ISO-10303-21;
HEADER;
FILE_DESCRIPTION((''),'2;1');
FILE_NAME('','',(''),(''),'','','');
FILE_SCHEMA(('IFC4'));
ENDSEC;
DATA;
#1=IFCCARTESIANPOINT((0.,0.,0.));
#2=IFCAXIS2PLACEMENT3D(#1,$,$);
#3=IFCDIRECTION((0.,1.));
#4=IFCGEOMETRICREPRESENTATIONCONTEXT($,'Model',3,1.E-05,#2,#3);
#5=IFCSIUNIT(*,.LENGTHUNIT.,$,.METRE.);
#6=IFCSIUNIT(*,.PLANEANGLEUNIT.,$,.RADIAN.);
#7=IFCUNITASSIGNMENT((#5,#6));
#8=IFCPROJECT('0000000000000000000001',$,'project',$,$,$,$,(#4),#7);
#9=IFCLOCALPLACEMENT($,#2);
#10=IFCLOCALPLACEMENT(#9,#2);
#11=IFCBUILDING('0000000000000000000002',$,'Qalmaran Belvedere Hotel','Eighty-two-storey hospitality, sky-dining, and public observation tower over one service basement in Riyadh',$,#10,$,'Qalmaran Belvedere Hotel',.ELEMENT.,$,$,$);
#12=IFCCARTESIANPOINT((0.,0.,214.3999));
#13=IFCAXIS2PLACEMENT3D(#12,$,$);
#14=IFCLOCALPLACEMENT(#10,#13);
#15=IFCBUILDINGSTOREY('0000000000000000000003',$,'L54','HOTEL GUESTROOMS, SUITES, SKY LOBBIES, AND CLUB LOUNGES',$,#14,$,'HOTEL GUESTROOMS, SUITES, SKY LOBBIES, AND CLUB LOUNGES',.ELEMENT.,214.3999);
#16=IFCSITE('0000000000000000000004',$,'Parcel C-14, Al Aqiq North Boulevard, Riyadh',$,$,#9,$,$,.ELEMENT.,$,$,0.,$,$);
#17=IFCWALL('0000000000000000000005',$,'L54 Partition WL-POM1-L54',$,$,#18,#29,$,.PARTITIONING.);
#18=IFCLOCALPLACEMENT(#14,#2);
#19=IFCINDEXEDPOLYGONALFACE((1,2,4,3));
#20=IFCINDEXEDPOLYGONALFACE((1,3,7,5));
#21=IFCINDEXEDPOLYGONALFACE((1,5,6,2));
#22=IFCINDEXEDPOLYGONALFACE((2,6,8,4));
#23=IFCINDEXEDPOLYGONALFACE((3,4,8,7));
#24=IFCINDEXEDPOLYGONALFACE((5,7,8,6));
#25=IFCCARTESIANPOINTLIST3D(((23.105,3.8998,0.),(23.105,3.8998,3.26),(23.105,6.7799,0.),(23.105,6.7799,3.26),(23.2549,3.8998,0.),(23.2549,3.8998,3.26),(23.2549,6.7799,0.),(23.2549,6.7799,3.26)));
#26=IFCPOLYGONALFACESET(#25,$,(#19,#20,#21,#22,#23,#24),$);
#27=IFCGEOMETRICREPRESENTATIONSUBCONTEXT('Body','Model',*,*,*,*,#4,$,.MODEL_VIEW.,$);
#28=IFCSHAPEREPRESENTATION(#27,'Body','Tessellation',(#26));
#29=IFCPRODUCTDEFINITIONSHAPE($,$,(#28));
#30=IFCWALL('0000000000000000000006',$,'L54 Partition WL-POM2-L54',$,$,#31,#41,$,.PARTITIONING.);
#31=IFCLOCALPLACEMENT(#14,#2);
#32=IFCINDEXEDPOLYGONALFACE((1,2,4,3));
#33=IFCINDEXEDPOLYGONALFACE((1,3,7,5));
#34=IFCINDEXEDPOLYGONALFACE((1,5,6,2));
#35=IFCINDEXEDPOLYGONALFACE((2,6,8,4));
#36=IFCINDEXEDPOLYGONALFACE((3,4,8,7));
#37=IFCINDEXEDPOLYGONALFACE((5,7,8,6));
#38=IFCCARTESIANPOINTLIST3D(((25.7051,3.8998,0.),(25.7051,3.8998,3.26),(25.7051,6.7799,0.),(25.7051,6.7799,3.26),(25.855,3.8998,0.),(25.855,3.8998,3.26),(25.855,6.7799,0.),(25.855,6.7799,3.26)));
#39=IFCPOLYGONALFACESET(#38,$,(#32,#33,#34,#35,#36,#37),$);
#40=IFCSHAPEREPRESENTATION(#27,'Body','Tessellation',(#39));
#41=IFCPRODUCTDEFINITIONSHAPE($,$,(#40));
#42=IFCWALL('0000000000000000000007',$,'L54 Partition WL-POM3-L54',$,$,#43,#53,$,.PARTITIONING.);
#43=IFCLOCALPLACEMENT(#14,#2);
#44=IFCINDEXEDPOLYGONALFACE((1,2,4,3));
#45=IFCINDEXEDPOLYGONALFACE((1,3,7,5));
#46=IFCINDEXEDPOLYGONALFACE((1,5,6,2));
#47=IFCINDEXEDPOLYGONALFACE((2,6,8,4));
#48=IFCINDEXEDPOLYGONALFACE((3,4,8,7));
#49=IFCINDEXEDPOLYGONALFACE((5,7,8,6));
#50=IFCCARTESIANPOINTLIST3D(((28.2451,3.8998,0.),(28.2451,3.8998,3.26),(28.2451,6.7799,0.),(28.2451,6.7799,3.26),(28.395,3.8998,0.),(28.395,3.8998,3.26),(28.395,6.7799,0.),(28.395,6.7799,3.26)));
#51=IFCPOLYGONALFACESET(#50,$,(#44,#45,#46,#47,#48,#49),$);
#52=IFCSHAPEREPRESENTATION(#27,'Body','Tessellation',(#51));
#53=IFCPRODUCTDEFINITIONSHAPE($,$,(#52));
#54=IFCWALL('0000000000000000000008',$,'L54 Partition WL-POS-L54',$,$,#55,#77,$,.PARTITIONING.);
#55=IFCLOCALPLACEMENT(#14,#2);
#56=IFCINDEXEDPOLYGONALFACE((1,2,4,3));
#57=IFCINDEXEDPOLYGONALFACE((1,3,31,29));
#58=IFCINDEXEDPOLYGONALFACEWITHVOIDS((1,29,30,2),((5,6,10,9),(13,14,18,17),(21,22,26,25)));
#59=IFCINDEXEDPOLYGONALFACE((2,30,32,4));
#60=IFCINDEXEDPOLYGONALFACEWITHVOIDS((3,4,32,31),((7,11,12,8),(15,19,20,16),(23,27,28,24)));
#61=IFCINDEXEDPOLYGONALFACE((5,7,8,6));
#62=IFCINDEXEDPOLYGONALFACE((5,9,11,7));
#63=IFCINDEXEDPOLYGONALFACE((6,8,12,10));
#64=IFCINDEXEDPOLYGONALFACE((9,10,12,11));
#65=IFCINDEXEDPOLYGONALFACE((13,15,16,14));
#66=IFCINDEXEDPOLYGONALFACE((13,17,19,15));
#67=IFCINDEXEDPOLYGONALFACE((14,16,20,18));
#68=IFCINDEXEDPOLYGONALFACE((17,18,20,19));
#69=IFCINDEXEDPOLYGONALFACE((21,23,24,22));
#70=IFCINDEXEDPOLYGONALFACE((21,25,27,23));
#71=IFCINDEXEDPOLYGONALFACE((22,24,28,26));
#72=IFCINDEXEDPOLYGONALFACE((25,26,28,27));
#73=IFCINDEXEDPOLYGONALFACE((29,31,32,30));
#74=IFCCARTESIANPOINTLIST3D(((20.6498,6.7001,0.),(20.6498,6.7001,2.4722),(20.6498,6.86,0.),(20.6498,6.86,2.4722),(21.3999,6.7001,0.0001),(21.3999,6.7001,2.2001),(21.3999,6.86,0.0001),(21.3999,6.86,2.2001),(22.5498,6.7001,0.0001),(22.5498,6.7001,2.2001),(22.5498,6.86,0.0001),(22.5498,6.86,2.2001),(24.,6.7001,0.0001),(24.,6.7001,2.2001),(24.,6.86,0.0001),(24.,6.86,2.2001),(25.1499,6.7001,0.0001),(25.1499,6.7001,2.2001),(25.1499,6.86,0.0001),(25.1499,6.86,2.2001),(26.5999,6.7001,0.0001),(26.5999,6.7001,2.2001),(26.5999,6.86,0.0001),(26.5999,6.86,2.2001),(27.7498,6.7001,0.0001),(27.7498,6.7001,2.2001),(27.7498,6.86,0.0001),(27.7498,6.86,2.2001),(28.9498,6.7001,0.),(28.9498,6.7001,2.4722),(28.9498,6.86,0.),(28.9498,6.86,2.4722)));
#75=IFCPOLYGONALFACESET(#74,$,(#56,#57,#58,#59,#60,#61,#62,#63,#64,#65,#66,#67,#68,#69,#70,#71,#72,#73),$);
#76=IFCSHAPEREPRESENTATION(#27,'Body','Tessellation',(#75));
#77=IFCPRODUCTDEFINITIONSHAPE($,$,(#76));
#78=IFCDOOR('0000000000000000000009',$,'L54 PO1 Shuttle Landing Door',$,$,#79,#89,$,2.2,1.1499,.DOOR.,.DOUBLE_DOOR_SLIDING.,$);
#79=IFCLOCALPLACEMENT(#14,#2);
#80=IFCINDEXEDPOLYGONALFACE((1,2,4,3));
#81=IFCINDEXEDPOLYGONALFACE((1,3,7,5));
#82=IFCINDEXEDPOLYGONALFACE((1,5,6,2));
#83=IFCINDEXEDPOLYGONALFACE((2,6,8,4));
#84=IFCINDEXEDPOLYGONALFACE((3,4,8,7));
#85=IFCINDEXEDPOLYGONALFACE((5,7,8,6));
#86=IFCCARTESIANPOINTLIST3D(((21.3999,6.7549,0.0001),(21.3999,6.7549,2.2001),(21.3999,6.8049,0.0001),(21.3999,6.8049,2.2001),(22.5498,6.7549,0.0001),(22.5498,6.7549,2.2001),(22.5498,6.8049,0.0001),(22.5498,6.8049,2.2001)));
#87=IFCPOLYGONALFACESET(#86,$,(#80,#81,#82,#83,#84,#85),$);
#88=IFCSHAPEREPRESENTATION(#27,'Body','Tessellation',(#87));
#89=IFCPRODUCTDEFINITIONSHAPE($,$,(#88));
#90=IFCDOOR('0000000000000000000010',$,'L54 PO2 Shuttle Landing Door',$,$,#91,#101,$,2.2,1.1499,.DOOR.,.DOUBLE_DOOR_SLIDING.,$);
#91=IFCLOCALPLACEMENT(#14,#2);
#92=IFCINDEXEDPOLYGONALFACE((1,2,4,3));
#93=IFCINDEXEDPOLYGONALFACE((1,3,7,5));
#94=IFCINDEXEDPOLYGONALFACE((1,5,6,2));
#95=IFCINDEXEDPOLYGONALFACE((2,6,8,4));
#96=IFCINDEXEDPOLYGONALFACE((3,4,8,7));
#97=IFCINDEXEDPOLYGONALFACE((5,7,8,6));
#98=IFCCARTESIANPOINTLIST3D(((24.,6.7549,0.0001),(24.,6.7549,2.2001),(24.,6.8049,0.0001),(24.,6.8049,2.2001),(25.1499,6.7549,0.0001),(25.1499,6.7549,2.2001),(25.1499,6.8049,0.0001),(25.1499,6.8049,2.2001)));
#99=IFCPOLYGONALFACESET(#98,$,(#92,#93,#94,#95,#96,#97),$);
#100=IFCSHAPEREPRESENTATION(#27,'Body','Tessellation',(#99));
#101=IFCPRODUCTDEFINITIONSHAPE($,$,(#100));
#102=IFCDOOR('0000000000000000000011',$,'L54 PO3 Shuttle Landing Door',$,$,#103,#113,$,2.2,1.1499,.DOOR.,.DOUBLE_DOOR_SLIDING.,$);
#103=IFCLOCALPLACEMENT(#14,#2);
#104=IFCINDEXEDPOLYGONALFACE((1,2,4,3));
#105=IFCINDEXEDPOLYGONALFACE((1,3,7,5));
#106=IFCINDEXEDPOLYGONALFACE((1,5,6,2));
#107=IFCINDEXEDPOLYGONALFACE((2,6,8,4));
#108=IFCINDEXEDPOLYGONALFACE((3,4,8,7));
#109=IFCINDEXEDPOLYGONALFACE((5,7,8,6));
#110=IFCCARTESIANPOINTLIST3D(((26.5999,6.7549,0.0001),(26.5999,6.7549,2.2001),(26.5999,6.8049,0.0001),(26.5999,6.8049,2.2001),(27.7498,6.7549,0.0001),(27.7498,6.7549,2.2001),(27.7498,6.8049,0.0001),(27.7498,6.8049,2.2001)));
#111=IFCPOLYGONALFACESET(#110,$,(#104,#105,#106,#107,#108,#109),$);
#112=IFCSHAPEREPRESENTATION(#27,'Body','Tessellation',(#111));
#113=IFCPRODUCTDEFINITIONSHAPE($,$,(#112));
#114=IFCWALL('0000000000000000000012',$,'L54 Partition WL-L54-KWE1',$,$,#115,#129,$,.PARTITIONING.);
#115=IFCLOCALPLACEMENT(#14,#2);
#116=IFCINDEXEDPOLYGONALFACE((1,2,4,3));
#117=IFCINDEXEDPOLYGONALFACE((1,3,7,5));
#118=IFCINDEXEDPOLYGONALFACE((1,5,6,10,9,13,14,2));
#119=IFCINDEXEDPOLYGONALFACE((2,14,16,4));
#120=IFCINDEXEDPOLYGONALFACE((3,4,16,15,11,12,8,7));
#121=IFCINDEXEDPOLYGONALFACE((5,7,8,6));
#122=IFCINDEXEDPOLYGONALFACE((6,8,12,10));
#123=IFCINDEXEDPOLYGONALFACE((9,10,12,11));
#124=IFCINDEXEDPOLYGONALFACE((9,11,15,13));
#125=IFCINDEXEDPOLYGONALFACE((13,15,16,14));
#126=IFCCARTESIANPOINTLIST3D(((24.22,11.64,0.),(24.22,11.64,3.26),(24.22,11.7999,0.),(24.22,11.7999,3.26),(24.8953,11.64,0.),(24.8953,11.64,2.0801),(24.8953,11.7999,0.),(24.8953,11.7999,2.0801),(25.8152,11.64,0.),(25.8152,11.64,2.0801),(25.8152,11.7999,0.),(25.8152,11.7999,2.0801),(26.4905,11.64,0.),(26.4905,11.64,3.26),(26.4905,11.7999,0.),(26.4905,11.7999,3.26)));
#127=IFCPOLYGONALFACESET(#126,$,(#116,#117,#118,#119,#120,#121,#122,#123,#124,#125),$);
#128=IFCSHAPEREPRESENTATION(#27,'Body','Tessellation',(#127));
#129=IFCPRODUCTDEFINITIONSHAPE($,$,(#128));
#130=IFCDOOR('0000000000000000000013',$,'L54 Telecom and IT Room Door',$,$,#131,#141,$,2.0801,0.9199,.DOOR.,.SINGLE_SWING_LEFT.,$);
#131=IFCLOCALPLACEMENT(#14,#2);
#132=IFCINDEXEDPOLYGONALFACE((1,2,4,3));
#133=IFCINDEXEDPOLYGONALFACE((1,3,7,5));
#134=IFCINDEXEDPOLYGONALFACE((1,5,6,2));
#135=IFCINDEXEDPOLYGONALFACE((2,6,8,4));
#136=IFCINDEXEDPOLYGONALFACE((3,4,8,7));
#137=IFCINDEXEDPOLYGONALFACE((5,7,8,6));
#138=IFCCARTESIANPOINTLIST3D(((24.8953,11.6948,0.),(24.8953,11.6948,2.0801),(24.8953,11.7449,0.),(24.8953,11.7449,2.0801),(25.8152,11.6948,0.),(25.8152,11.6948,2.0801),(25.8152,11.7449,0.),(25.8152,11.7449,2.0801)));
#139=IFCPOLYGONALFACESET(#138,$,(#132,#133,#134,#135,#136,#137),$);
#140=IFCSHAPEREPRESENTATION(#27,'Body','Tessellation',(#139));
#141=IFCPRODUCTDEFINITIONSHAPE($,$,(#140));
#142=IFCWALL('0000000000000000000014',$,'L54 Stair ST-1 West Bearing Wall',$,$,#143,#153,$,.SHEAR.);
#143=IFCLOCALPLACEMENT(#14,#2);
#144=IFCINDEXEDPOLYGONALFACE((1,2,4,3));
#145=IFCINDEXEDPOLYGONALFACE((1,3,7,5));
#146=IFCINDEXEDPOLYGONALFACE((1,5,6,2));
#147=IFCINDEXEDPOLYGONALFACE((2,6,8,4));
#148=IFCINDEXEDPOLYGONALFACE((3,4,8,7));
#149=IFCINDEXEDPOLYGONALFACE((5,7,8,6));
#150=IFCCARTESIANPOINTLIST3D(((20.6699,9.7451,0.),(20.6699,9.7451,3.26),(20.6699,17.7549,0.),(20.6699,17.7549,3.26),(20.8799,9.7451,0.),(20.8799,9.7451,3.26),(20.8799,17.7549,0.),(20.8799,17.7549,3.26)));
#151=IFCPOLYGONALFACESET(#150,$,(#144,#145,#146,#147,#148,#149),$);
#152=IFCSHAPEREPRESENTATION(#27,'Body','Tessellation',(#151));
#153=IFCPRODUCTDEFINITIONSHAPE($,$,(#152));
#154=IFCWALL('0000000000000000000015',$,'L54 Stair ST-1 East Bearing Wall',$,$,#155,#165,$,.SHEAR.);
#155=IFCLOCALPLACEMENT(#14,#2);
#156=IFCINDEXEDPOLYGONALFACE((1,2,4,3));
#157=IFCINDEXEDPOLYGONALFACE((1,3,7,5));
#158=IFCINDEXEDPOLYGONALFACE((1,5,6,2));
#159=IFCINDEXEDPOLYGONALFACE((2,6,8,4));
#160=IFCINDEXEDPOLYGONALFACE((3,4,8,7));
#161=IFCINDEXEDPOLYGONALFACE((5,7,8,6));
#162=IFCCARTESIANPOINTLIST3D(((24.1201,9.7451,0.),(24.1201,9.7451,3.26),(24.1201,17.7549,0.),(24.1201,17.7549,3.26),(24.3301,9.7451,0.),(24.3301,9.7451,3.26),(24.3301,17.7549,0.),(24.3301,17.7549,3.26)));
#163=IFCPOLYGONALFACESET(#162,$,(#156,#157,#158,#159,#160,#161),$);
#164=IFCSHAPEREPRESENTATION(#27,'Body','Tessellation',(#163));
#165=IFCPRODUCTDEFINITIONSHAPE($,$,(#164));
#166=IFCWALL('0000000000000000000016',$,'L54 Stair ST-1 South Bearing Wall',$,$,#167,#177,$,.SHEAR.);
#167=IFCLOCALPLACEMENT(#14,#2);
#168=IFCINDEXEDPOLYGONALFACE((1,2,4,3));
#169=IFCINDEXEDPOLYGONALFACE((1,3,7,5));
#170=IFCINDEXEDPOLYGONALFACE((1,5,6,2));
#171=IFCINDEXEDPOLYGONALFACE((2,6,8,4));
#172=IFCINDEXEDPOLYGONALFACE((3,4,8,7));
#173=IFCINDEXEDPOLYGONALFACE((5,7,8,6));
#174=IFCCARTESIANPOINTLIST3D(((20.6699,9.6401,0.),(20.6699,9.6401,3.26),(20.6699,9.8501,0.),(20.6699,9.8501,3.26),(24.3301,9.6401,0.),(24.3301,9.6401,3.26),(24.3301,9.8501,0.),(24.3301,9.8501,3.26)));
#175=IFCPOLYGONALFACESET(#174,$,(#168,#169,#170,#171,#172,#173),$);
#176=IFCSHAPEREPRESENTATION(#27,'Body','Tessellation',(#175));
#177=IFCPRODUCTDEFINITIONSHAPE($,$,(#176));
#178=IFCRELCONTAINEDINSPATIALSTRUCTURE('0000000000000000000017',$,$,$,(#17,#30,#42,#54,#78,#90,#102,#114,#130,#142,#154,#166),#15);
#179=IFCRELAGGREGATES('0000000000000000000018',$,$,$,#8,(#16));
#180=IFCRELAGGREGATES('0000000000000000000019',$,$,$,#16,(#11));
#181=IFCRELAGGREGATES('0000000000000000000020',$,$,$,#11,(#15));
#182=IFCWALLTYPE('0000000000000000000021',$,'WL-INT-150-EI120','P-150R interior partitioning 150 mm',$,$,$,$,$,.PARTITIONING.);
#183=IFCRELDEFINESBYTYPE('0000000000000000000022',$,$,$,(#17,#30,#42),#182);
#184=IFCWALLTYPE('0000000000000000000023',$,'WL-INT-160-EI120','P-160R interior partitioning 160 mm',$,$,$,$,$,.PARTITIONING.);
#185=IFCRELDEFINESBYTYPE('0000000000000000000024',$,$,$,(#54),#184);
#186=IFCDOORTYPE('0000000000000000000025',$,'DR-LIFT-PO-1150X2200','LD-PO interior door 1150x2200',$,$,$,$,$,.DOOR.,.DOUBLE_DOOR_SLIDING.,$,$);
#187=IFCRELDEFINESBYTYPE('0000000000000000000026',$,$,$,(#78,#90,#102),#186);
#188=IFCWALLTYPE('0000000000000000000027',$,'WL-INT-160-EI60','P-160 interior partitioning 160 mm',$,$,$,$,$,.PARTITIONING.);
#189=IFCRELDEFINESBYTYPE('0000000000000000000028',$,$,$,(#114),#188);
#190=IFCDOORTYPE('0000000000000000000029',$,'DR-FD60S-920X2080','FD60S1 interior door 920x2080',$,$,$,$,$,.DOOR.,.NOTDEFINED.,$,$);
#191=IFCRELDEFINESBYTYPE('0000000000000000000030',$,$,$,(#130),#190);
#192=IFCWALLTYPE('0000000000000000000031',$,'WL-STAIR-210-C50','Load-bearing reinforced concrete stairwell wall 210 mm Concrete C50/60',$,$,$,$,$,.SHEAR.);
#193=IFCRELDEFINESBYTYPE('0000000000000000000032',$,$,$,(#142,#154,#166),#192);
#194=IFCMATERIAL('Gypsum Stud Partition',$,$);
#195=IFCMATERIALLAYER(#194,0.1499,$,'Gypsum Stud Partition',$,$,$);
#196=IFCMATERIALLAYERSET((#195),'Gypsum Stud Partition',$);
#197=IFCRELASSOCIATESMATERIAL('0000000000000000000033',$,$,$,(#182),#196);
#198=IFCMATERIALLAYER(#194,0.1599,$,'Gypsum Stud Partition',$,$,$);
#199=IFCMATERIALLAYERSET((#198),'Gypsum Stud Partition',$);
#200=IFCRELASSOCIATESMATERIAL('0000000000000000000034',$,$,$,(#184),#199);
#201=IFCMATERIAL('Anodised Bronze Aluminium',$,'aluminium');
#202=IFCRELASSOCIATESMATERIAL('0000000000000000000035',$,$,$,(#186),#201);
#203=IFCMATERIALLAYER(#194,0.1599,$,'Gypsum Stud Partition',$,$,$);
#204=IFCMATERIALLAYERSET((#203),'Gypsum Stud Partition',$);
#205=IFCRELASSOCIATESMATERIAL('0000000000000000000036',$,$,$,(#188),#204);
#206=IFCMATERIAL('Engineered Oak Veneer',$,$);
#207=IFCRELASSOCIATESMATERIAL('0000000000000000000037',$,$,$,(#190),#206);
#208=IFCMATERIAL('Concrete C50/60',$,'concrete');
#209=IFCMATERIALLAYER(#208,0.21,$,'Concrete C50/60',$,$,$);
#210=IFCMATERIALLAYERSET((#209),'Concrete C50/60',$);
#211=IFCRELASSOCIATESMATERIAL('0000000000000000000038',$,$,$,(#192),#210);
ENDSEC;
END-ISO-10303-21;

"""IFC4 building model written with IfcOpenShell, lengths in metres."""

from ifc_helpers import new_model, si_unit, direction, frame, frame_2d, origin, place, context, subcontext, project, spatial, rectangle, extrude, material, layer, layer_set, type_object, element, fill, save


model = new_model("IFC4")

# Units and contexts
model_context = context("Model", 3, precision=1e-05, world=origin(), true_north=direction((0.0, 1.0)))
body_context = subcontext(model_context, "Body", "Model", "MODEL_VIEW")
ifc_project = project(units=[si_unit("LENGTHUNIT", "METRE"), si_unit("PLANEANGLEUNIT", "RADIAN")], contexts=[model_context])

# Site, building, storey
site_placement = place(None, origin())
site = spatial("IfcSite", under=ifc_project, at=site_placement, Name="Parcel C-14, Al Aqiq North Boulevard, Riyadh", CompositionType="ELEMENT", RefElevation=0.0)
building_placement = place(site_placement, origin())
building = spatial("IfcBuilding", under=site, at=building_placement, Name="Qalmaran Belvedere Hotel", Description="Eighty-two-storey hospitality, sky-dining, and public observation tower over one service basement in Riyadh", LongName="Qalmaran Belvedere Hotel", CompositionType="ELEMENT")
storey_placement = place(building_placement, frame((0.0, 0.0, 214.3999)))
storey = spatial("IfcBuildingStorey", under=building, at=storey_placement, Name="L54", Description="HOTEL GUESTROOMS, SUITES, SKY LOBBIES, AND CLUB LOUNGES", LongName="HOTEL GUESTROOMS, SUITES, SKY LOBBIES, AND CLUB LOUNGES", CompositionType="ELEMENT", Elevation=214.3999)

# Shared definitions
ifc_material_1 = material(Name="Concrete C50/60", Category="concrete")

# Shared definitions
ifc_material_2 = material(Name="Anodised Bronze Aluminium", Category="aluminium")

# Walls
ifc_material_3 = material(Name="Gypsum Stud Partition")
ifc_layer_1 = layer(ifc_material_3, 0.1499, Name="Gypsum Stud Partition")
ifc_layer_set_1 = layer_set([ifc_layer_1], Name="Gypsum Stud Partition")
wall_type_1 = type_object("IfcWallType", Name="WL-INT-150-EI120", Description="P-150R interior partitioning 150 mm", PredefinedType="PARTITIONING", material=ifc_layer_set_1)
for number, where, z_axis, x_axis, name in (
    (1, (23.1799, 3.8999, 0.0), (0.0, 0.0, 1.0), (0.0, 1.0, 0.0), "L54 Partition WL-POM1-L54"),
    (2, (25.78, 3.8999, 0.0), (0.0, 0.0, 1.0), (0.0, 1.0, 0.0), "L54 Partition WL-POM2-L54"),
    (3, (28.3201, 3.8999, 0.0), (0.0, 0.0, 1.0), (0.0, 1.0, 0.0), "L54 Partition WL-POM3-L54"),
):
    element("IfcWall", number, at=place(storey_placement, frame(where, z_axis=z_axis, x_axis=x_axis)), inside=storey, type_object=wall_type_1, Name=name, PredefinedType="PARTITIONING", context=body_context, shape_type="SweptSolid", body=[
        extrude(rectangle(XDim=2.8801, YDim=0.1499, at=frame_2d((1.4399, 0.0))), origin(), (0.0, 0.0, 1.0), 3.26),
    ])

# Wall, openings, doors
ifc_layer_2 = layer(ifc_material_3, 0.1599, Name="Gypsum Stud Partition")
ifc_layer_set_2 = layer_set([ifc_layer_2], Name="Gypsum Stud Partition")
wall_type_2 = type_object("IfcWallType", Name="WL-INT-160-EI120", Description="P-160R interior partitioning 160 mm", PredefinedType="PARTITIONING", material=ifc_layer_set_2)
wall_1_placement = place(storey_placement, frame((20.6499, 6.78, 0.0), z_axis=(0.0, 0.0, 1.0), x_axis=(1.0, 0.0, 0.0)))
wall_1 = element("IfcWall", 4, at=wall_1_placement, inside=storey, type_object=wall_type_2, Name="L54 Partition WL-POS-L54", PredefinedType="PARTITIONING", context=body_context, shape_type="SweptSolid", body=[
    extrude(rectangle(XDim=8.3, YDim=0.1599, at=frame_2d((4.1499, 0.0))), origin(), (0.0, 0.0, 1.0), 2.4722),
])
opening_1_placement = place(wall_1_placement, frame((0.75, 0.0, 0.0)))
opening_1 = element("IfcOpeningElement", 5, at=opening_1_placement, cuts=wall_1, PredefinedType="OPENING", context=body_context, shape_type="SweptSolid", body=[
    extrude(rectangle(XDim=1.1499, YDim=2.2, at=frame_2d((0.575, 1.1001))), frame((0.0, 0.0898, 0.0), z_axis=(0.0, -1.0, 0.0), x_axis=(1.0, 0.0, 0.0)), (0.0, 0.0, 1.0), 0.1799),
])
opening_2_placement = place(wall_1_placement, frame((3.3501, 0.0, 0.0)))
opening_2 = element("IfcOpeningElement", 6, at=opening_2_placement, cuts=wall_1, PredefinedType="OPENING", context=body_context, shape_type="SweptSolid", body=[
    extrude(rectangle(XDim=1.1499, YDim=2.2, at=frame_2d((0.575, 1.1001))), frame((0.0, 0.0898, 0.0), z_axis=(0.0, -1.0, 0.0), x_axis=(1.0, 0.0, 0.0)), (0.0, 0.0, 1.0), 0.1799),
])
opening_3_placement = place(wall_1_placement, frame((5.95, 0.0, 0.0)))
opening_3 = element("IfcOpeningElement", 7, at=opening_3_placement, cuts=wall_1, PredefinedType="OPENING", context=body_context, shape_type="SweptSolid", body=[
    extrude(rectangle(XDim=1.1499, YDim=2.2, at=frame_2d((0.575, 1.1001))), frame((0.0, 0.0898, 0.0), z_axis=(0.0, -1.0, 0.0), x_axis=(1.0, 0.0, 0.0)), (0.0, 0.0, 1.0), 0.1799),
])
door_type_1 = type_object("IfcDoorType", Name="DR-LIFT-PO-1150X2200", Description="LD-PO interior door 1150x2200", OperationType="DOUBLE_DOOR_SLIDING", PredefinedType="DOOR", material=ifc_material_2)
door_1_placement = place(opening_1_placement, origin())
door_1 = element("IfcDoor", 8, at=door_1_placement, inside=storey, type_object=door_type_1, Name="L54 PO1 Shuttle Landing Door", OperationType="DOUBLE_DOOR_SLIDING", OverallHeight=2.2, OverallWidth=1.1499, PredefinedType="DOOR", context=body_context, shape_type="SweptSolid", body=[
    extrude(rectangle(XDim=1.1499, YDim=2.2, at=frame_2d((0.575, 1.1001))), frame((0.0, 0.0249, 0.0), z_axis=(0.0, -1.0, 0.0), x_axis=(1.0, 0.0, 0.0)), (0.0, 0.0, 1.0), 0.05),
])
fill(opening_1, door_1)
door_2_placement = place(opening_2_placement, origin())
door_2 = element("IfcDoor", 9, at=door_2_placement, inside=storey, type_object=door_type_1, Name="L54 PO2 Shuttle Landing Door", OperationType="DOUBLE_DOOR_SLIDING", OverallHeight=2.2, OverallWidth=1.1499, PredefinedType="DOOR", context=body_context, shape_type="SweptSolid", body=[
    extrude(rectangle(XDim=1.1499, YDim=2.2, at=frame_2d((0.575, 1.1001))), frame((0.0, 0.0249, 0.0), z_axis=(0.0, -1.0, 0.0), x_axis=(1.0, 0.0, 0.0)), (0.0, 0.0, 1.0), 0.05),
])
fill(opening_2, door_2)
door_3_placement = place(opening_3_placement, origin())
door_3 = element("IfcDoor", 10, at=door_3_placement, inside=storey, type_object=door_type_1, Name="L54 PO3 Shuttle Landing Door", OperationType="DOUBLE_DOOR_SLIDING", OverallHeight=2.2, OverallWidth=1.1499, PredefinedType="DOOR", context=body_context, shape_type="SweptSolid", body=[
    extrude(rectangle(XDim=1.1499, YDim=2.2, at=frame_2d((0.575, 1.1001))), frame((0.0, 0.0249, 0.0), z_axis=(0.0, -1.0, 0.0), x_axis=(1.0, 0.0, 0.0)), (0.0, 0.0, 1.0), 0.05),
])
fill(opening_3, door_3)

# Wall, opening, door
ifc_layer_3 = layer(ifc_material_3, 0.1599, Name="Gypsum Stud Partition")
ifc_layer_set_3 = layer_set([ifc_layer_3], Name="Gypsum Stud Partition")
wall_type_3 = type_object("IfcWallType", Name="WL-INT-160-EI60", Description="P-160 interior partitioning 160 mm", PredefinedType="PARTITIONING", material=ifc_layer_set_3)
wall_2_placement = place(storey_placement, frame((24.22, 11.72, 0.0), z_axis=(0.0, 0.0, 1.0), x_axis=(1.0, 0.0, 0.0)))
wall_2 = element("IfcWall", 11, at=wall_2_placement, inside=storey, type_object=wall_type_3, Name="L54 Partition WL-L54-KWE1", PredefinedType="PARTITIONING", context=body_context, shape_type="SweptSolid", body=[
    extrude(rectangle(XDim=2.2705, YDim=0.1599, at=frame_2d((1.1353, 0.0))), origin(), (0.0, 0.0, 1.0), 3.26),
])
opening_4_placement = place(wall_2_placement, frame((0.6753, 0.0, 0.0)))
opening_4 = element("IfcOpeningElement", 12, at=opening_4_placement, cuts=wall_2, PredefinedType="OPENING", context=body_context, shape_type="SweptSolid", body=[
    extrude(rectangle(XDim=0.9199, YDim=2.0801, at=frame_2d((0.46, 1.04))), frame((0.0, 0.0898, 0.0), z_axis=(0.0, -1.0, 0.0), x_axis=(1.0, 0.0, 0.0)), (0.0, 0.0, 1.0), 0.1799),
])
ifc_material_4 = material(Name="Engineered Oak Veneer")
door_type_2 = type_object("IfcDoorType", Name="DR-FD60S-920X2080", Description="FD60S1 interior door 920x2080", OperationType="NOTDEFINED", PredefinedType="DOOR", material=ifc_material_4)
door_4_placement = place(opening_4_placement, origin())
door_4 = element("IfcDoor", 13, at=door_4_placement, inside=storey, type_object=door_type_2, Name="L54 Telecom and IT Room Door", OperationType="SINGLE_SWING_LEFT", OverallHeight=2.0801, OverallWidth=0.9199, PredefinedType="DOOR", context=body_context, shape_type="SweptSolid", body=[
    extrude(rectangle(XDim=0.9199, YDim=2.0801, at=frame_2d((0.46, 1.04))), frame((0.0, 0.0249, 0.0), z_axis=(0.0, -1.0, 0.0), x_axis=(1.0, 0.0, 0.0)), (0.0, 0.0, 1.0), 0.05),
])
fill(opening_4, door_4)

# Walls
ifc_layer_4 = layer(ifc_material_1, 0.21, Name="Concrete C50/60")
ifc_layer_set_4 = layer_set([ifc_layer_4], Name="Concrete C50/60")
wall_type_4 = type_object("IfcWallType", Name="WL-STAIR-210-C50", Description="Load-bearing reinforced concrete stairwell wall 210 mm Concrete C50/60", PredefinedType="SHEAR", material=ifc_layer_set_4)
for number, where, z_axis, x_axis, name in (
    (14, (20.7749, 9.7451, 0.0), (0.0, 0.0, 1.0), (0.0, 1.0, 0.0), "L54 Stair ST-1 West Bearing Wall"),
    (15, (24.2251, 9.7451, 0.0), (0.0, 0.0, 1.0), (0.0, 1.0, 0.0), "L54 Stair ST-1 East Bearing Wall"),
):
    element("IfcWall", number, at=place(storey_placement, frame(where, z_axis=z_axis, x_axis=x_axis)), inside=storey, type_object=wall_type_4, Name=name, PredefinedType="SHEAR", context=body_context, shape_type="SweptSolid", body=[
        extrude(rectangle(XDim=8.0098, YDim=0.21, at=frame_2d((4.0049, 0.0))), origin(), (0.0, 0.0, 1.0), 3.26),
    ])
wall_3_placement = place(storey_placement, frame((20.6699, 9.7451, 0.0), z_axis=(0.0, 0.0, 1.0), x_axis=(1.0, 0.0, 0.0)))
element("IfcWall", 16, at=wall_3_placement, inside=storey, type_object=wall_type_4, Name="L54 Stair ST-1 South Bearing Wall", PredefinedType="SHEAR", context=body_context, shape_type="SweptSolid", body=[
    extrude(rectangle(XDim=3.6602, YDim=0.21, at=frame_2d((1.8301, 0.0))), origin(), (0.0, 0.0, 1.0), 3.26),
])

save(model, "model.ifc")
